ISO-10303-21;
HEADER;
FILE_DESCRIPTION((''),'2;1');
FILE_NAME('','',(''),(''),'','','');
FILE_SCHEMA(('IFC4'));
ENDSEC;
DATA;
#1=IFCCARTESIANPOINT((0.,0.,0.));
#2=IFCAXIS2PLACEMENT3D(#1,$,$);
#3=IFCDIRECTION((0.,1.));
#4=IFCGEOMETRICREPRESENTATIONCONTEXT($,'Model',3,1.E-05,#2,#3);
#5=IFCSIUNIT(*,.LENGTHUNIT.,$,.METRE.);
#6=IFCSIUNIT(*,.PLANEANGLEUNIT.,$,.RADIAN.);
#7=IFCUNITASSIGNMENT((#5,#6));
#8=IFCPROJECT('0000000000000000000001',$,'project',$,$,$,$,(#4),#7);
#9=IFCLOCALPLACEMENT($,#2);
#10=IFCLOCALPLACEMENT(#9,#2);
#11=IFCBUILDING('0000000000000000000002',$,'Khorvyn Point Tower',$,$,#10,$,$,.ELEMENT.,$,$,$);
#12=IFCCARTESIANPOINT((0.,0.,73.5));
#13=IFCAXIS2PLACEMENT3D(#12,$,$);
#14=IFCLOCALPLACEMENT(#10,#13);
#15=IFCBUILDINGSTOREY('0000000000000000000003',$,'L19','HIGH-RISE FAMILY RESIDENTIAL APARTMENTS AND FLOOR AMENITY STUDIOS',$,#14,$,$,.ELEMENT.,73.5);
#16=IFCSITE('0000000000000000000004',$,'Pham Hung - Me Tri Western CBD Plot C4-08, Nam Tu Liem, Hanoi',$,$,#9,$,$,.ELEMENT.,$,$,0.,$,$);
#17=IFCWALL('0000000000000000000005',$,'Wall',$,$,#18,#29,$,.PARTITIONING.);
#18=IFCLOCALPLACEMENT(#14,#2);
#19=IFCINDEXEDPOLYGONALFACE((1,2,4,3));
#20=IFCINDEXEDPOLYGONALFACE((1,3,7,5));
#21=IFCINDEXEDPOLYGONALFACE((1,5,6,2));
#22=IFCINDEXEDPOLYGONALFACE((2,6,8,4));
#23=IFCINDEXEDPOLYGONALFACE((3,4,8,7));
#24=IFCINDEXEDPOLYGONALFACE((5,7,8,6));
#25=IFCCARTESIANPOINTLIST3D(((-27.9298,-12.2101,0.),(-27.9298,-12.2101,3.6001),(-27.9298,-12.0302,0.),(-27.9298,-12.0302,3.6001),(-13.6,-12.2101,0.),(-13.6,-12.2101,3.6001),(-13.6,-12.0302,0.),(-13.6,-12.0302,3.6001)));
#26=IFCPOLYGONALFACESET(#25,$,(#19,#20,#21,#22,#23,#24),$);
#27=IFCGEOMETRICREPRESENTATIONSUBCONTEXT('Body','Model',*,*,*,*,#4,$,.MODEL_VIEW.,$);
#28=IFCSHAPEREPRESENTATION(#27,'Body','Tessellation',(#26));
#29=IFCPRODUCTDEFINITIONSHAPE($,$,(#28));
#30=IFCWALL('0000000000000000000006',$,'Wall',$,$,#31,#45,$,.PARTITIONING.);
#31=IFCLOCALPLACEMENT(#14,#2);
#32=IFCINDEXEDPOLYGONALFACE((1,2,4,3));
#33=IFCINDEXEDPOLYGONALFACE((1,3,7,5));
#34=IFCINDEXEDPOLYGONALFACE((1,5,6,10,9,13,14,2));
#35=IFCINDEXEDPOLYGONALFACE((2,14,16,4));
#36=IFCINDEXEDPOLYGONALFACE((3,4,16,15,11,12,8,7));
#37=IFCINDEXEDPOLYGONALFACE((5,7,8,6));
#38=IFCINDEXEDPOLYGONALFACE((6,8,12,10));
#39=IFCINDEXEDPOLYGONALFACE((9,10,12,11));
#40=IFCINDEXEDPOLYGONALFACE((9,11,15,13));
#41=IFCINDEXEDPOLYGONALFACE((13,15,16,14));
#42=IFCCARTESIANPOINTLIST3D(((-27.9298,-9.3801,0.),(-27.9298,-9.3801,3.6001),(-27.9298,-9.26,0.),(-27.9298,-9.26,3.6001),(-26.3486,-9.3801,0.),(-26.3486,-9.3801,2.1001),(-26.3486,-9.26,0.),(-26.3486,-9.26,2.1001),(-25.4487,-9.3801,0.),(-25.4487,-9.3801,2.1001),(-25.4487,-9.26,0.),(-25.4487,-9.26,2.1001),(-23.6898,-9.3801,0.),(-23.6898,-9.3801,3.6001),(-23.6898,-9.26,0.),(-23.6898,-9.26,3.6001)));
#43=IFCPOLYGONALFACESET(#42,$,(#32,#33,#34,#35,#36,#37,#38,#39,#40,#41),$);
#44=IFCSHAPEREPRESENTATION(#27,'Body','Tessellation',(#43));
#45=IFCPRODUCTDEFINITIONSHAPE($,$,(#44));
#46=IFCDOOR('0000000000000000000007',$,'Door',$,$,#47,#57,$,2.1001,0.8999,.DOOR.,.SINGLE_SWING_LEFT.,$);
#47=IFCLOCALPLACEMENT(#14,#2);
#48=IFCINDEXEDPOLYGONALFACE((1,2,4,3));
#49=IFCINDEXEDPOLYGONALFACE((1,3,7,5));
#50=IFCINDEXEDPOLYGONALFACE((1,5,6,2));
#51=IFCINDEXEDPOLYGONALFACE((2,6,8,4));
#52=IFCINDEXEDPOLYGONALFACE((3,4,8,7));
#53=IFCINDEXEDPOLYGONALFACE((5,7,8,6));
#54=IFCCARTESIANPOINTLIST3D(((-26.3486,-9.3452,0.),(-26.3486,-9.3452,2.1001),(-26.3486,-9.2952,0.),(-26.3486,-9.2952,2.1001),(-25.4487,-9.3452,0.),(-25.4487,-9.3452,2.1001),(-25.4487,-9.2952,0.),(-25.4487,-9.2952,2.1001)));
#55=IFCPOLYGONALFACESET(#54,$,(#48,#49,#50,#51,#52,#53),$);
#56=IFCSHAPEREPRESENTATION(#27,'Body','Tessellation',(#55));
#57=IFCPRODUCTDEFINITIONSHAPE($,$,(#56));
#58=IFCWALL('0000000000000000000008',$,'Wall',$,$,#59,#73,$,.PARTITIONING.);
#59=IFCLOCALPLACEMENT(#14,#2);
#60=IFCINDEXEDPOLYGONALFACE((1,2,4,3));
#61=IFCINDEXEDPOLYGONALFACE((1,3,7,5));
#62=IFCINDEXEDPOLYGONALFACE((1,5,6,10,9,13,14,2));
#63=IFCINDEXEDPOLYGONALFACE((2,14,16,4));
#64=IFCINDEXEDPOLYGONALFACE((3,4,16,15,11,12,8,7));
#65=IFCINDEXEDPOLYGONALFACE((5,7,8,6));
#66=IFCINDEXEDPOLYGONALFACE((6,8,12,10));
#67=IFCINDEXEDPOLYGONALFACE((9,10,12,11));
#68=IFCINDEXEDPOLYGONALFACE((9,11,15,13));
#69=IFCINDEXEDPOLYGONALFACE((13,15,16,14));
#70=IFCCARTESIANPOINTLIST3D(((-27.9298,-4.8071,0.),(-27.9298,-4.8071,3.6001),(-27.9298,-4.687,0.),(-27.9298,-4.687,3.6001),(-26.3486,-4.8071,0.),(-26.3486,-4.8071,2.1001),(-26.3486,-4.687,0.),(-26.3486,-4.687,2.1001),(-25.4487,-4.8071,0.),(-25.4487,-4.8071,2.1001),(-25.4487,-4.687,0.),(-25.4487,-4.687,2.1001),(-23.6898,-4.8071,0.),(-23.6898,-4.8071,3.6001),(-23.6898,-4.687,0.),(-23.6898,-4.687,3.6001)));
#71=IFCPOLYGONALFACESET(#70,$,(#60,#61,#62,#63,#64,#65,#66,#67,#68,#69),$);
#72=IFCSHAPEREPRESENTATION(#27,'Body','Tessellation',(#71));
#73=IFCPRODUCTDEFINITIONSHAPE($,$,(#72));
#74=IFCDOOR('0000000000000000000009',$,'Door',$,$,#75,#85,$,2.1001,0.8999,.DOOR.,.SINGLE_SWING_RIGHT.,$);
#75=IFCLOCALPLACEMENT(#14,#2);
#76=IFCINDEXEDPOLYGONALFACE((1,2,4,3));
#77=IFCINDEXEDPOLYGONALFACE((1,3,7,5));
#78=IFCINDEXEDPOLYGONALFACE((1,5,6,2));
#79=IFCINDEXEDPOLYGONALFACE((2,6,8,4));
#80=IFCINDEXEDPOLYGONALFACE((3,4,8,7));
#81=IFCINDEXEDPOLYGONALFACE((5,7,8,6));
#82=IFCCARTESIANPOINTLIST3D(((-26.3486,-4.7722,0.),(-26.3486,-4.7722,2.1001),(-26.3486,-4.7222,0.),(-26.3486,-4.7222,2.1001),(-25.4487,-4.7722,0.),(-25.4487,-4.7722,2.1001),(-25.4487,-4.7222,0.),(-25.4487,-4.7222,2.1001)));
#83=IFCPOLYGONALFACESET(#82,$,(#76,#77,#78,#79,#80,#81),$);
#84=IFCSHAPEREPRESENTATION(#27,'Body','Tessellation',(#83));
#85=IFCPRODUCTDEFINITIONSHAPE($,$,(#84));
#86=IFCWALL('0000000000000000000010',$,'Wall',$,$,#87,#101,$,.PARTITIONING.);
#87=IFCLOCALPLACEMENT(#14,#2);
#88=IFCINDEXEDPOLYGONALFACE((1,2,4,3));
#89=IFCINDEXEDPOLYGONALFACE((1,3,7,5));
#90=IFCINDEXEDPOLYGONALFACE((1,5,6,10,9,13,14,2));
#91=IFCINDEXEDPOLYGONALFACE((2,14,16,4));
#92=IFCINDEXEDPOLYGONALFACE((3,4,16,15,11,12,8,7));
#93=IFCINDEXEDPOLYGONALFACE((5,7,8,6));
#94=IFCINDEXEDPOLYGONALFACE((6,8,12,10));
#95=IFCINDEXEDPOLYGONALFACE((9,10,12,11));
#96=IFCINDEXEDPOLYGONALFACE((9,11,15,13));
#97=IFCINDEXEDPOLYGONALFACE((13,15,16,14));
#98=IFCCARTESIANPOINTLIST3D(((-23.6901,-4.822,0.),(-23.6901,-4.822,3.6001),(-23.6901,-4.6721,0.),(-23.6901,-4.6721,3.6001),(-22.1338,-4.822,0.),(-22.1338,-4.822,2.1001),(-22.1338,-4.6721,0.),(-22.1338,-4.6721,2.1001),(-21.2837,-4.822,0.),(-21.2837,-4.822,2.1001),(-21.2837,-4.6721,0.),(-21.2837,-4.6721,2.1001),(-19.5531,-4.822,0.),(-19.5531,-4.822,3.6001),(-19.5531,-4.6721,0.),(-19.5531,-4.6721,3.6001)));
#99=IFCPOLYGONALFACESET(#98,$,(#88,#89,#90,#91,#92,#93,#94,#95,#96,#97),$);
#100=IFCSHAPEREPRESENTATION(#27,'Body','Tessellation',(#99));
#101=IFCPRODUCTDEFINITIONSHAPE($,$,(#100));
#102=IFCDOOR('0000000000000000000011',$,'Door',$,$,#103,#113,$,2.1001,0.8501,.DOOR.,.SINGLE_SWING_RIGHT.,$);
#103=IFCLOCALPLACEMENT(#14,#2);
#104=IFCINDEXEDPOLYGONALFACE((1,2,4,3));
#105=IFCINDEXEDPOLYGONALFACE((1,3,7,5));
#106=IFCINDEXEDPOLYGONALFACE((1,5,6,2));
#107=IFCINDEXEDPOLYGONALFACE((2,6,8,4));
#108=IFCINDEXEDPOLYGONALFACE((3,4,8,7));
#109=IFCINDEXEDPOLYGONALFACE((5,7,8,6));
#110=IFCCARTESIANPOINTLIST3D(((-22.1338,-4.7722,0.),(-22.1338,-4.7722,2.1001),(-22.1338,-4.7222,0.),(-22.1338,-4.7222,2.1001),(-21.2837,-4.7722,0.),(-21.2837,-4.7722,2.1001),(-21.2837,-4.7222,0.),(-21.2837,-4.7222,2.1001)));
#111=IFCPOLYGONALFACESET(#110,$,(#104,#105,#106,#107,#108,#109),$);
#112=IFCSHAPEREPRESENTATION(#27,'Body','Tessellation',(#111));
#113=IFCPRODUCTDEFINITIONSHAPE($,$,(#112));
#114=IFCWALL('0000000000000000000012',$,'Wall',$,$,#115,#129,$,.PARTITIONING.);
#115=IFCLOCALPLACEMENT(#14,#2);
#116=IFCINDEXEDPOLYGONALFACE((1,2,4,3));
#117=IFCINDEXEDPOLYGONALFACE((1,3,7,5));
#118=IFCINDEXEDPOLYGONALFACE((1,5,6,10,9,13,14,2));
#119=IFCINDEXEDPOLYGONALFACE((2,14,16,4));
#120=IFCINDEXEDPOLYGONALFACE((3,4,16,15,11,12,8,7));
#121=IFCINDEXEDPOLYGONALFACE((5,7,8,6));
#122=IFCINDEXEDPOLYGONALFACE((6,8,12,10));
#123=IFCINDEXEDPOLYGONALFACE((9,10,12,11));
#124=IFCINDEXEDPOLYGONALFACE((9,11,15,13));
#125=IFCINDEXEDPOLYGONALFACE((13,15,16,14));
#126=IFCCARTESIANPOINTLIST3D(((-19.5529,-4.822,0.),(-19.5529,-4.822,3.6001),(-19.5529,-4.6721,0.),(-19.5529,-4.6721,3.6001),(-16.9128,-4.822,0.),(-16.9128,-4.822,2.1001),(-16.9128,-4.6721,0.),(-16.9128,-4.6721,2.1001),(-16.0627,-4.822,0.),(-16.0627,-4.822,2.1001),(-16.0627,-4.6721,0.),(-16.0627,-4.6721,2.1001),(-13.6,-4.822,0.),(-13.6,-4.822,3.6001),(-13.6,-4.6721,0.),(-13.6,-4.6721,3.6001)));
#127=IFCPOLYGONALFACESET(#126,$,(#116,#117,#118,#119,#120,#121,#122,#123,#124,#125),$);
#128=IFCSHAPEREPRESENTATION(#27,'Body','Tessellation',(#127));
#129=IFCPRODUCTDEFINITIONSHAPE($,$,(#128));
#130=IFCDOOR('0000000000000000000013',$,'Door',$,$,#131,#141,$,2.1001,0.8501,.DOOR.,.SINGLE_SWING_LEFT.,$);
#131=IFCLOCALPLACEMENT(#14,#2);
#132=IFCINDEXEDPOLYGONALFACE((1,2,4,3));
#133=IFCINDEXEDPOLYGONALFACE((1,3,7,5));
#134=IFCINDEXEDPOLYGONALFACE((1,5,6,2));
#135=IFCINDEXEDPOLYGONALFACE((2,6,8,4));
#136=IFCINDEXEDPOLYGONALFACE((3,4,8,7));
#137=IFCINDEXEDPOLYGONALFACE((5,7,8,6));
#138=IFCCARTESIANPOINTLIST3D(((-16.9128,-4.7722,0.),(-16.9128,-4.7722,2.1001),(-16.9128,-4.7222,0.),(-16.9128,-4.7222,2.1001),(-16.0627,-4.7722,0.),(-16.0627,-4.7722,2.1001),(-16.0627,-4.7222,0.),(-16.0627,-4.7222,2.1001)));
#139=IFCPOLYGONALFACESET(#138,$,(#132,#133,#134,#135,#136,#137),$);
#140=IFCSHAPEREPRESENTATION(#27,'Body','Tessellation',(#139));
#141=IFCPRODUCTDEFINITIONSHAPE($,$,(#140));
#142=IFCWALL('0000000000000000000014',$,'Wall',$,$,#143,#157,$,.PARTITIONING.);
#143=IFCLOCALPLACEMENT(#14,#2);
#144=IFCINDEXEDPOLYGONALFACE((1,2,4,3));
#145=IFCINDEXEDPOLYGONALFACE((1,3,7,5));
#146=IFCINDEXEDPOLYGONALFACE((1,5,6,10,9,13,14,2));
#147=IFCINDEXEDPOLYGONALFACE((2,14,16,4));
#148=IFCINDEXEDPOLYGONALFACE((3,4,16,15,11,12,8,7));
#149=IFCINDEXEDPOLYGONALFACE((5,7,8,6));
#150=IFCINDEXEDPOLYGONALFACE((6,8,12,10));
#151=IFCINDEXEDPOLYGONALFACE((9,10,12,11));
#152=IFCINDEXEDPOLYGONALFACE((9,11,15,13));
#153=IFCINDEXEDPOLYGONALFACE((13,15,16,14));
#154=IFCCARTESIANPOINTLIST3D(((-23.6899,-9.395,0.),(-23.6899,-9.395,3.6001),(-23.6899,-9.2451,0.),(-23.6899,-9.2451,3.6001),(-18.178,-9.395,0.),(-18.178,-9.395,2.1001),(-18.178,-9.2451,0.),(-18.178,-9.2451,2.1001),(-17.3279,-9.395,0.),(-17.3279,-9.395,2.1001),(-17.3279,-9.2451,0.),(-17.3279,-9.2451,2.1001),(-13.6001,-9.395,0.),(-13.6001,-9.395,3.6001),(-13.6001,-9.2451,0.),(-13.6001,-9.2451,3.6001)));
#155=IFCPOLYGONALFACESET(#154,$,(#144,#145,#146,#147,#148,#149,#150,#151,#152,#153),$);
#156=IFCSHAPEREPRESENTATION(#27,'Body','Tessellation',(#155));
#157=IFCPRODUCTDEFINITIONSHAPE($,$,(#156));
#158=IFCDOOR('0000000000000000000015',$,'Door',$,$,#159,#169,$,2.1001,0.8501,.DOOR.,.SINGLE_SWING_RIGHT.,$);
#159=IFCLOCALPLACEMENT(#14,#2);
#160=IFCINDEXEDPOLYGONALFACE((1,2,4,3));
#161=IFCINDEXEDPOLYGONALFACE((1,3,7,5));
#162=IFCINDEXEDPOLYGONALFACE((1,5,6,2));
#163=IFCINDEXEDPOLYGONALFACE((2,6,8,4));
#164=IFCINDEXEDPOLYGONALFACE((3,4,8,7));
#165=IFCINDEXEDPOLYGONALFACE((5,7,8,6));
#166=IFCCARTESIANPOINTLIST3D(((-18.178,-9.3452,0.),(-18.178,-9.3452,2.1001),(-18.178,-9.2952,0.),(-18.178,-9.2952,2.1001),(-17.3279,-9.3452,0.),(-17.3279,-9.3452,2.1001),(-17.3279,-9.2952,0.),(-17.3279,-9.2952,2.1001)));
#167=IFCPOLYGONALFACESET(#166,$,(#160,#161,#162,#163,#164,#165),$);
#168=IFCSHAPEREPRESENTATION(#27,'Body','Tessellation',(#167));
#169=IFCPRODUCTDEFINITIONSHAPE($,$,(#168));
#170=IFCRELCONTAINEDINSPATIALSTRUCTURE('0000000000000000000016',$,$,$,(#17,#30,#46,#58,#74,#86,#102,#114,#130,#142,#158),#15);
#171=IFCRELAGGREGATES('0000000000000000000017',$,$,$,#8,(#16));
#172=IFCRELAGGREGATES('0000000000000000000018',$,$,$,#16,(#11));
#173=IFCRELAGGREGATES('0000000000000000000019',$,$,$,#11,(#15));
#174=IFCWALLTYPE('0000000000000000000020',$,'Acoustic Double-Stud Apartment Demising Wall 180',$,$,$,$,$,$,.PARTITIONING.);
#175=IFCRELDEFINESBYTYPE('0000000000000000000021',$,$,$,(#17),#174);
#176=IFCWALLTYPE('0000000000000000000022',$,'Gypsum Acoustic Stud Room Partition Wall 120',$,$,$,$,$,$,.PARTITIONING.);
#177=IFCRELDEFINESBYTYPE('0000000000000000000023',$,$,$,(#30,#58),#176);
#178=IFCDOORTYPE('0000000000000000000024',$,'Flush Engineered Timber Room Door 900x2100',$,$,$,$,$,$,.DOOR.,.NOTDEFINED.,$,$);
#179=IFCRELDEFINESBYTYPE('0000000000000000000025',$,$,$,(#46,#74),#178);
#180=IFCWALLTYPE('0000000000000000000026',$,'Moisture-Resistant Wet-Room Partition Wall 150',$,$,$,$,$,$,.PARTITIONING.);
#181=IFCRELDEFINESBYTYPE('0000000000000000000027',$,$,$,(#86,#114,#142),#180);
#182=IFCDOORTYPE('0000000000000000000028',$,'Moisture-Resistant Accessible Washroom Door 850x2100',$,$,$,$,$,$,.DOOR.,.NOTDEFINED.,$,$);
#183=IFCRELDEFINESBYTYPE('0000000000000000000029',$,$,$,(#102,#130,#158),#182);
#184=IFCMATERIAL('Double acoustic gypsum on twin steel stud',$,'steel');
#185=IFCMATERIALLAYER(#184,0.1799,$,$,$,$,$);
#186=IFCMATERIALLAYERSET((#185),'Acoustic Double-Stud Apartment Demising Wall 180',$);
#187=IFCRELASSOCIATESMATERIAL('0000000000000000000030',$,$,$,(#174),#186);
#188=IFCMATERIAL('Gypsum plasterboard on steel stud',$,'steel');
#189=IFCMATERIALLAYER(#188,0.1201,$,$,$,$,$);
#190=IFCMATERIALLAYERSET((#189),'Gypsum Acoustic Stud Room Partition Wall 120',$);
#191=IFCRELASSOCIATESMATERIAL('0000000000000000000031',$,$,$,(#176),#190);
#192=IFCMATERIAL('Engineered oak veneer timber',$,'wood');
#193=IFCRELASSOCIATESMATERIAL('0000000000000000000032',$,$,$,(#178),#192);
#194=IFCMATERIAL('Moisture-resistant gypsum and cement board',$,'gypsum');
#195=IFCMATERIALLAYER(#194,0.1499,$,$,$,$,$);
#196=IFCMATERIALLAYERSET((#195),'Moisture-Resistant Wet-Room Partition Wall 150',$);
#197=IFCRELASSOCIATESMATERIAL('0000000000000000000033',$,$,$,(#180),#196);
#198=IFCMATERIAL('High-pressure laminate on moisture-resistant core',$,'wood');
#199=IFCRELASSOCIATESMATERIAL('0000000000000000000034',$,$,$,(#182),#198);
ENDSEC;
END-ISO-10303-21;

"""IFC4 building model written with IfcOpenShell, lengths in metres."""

from ifc_helpers import new_model, si_unit, direction, frame, frame_2d, origin, place, context, subcontext, project, spatial, rectangle, extrude, material, layer, layer_set, type_object, element, fill, save


model = new_model("IFC4")

# Units and contexts
model_context = context("Model", 3, precision=1e-05, world=origin(), true_north=direction((0.0, 1.0)))
body_context = subcontext(model_context, "Body", "Model", "MODEL_VIEW")
ifc_project = project(units=[si_unit("LENGTHUNIT", "METRE"), si_unit("PLANEANGLEUNIT", "RADIAN")], contexts=[model_context])

# Site, building, storey
site_placement = place(None, origin())
site = spatial("IfcSite", under=ifc_project, at=site_placement, Name="Pham Hung - Me Tri Western CBD Plot C4-08, Nam Tu Liem, Hanoi", CompositionType="ELEMENT", RefElevation=0.0)
building_placement = place(site_placement, origin())
building = spatial("IfcBuilding", under=site, at=building_placement, Name="Khorvyn Point Tower", CompositionType="ELEMENT")
storey_placement = place(building_placement, frame((0.0, 0.0, 73.5)))
storey = spatial("IfcBuildingStorey", under=building, at=storey_placement, Name="L19", Description="HIGH-RISE FAMILY RESIDENTIAL APARTMENTS AND FLOOR AMENITY STUDIOS", CompositionType="ELEMENT", Elevation=73.5)

# Shared definitions
ifc_material_1 = material(Name="Double acoustic gypsum on twin steel stud", Category="steel")
ifc_layer_1 = layer(ifc_material_1, 0.1799)
ifc_layer_set_1 = layer_set([ifc_layer_1], Name="Acoustic Double-Stud Apartment Demising Wall 180")
wall_type_1 = type_object("IfcWallType", Name="Acoustic Double-Stud Apartment Demising Wall 180", PredefinedType="PARTITIONING", material=ifc_layer_set_1)

# Wall
wall_1_placement = place(storey_placement, frame((-27.9299, -12.1201, 0.0), z_axis=(0.0, 0.0, 1.0), x_axis=(1.0, 0.0, 0.0)))
element("IfcWall", 1, at=wall_1_placement, inside=storey, type_object=wall_type_1, Name="Wall", PredefinedType="PARTITIONING", context=body_context, shape_type="SweptSolid", body=[
    extrude(rectangle(XDim=14.3298, YDim=0.1799, at=frame_2d((7.165, 0.0))), origin(), (0.0, 0.0, 1.0), 3.6001),
])

# Walls, openings, doors
ifc_material_2 = material(Name="Gypsum plasterboard on steel stud", Category="steel")
ifc_layer_2 = layer(ifc_material_2, 0.1201)
ifc_layer_set_2 = layer_set([ifc_layer_2], Name="Gypsum Acoustic Stud Room Partition Wall 120")
wall_type_2 = type_object("IfcWallType", Name="Gypsum Acoustic Stud Room Partition Wall 120", PredefinedType="PARTITIONING", material=ifc_layer_set_2)
wall_2_placement = place(storey_placement, frame((-27.9299, -9.3201, 0.0), z_axis=(0.0, 0.0, 1.0), x_axis=(1.0, 0.0, 0.0)))
wall_2 = element("IfcWall", 2, at=wall_2_placement, inside=storey, type_object=wall_type_2, Name="Wall", PredefinedType="PARTITIONING", context=body_context, shape_type="SweptSolid", body=[
    extrude(rectangle(XDim=4.24, YDim=0.1201, at=frame_2d((2.1201, 0.0))), origin(), (0.0, 0.0, 1.0), 3.6001),
])
opening_1_placement = place(wall_2_placement, frame((1.5813, 0.0, 0.0)))
opening_1 = element("IfcOpeningElement", 3, at=opening_1_placement, cuts=wall_2, PredefinedType="OPENING", context=body_context, shape_type="SweptSolid", body=[
    extrude(rectangle(XDim=0.8999, YDim=2.1001, at=frame_2d((0.45, 1.05))), frame((0.0, 0.0701, 0.0), z_axis=(0.0, -1.0, 0.0), x_axis=(1.0, 0.0, 0.0)), (0.0, 0.0, 1.0), 0.1401),
])
ifc_material_3 = material(Name="Engineered oak veneer timber", Category="wood")
door_type_1 = type_object("IfcDoorType", Name="Flush Engineered Timber Room Door 900x2100", OperationType="NOTDEFINED", PredefinedType="DOOR", material=ifc_material_3)
door_1_placement = place(opening_1_placement, origin())
door_1 = element("IfcDoor", 4, at=door_1_placement, inside=storey, type_object=door_type_1, Name="Door", OperationType="SINGLE_SWING_LEFT", OverallHeight=2.1001, OverallWidth=0.8999, PredefinedType="DOOR", context=body_context, shape_type="SweptSolid", body=[
    extrude(rectangle(XDim=0.8999, YDim=2.1001, at=frame_2d((0.45, 1.05))), frame((0.0, 0.0249, 0.0), z_axis=(0.0, -1.0, 0.0), x_axis=(1.0, 0.0, 0.0)), (0.0, 0.0, 1.0), 0.05),
])
fill(opening_1, door_1)
wall_3_placement = place(storey_placement, frame((-27.9299, -4.7471, 0.0), z_axis=(0.0, 0.0, 1.0), x_axis=(1.0, 0.0, 0.0)))
wall_3 = element("IfcWall", 5, at=wall_3_placement, inside=storey, type_object=wall_type_2, Name="Wall", PredefinedType="PARTITIONING", context=body_context, shape_type="SweptSolid", body=[
    extrude(rectangle(XDim=4.24, YDim=0.1201, at=frame_2d((2.1201, 0.0))), origin(), (0.0, 0.0, 1.0), 3.6001),
])
opening_2_placement = place(wall_3_placement, frame((1.5813, 0.0, 0.0)))
opening_2 = element("IfcOpeningElement", 6, at=opening_2_placement, cuts=wall_3, PredefinedType="OPENING", context=body_context, shape_type="SweptSolid", body=[
    extrude(rectangle(XDim=0.8999, YDim=2.1001, at=frame_2d((0.45, 1.05))), frame((0.0, 0.0701, 0.0), z_axis=(0.0, -1.0, 0.0), x_axis=(1.0, 0.0, 0.0)), (0.0, 0.0, 1.0), 0.1401),
])
door_2_placement = place(opening_2_placement, origin())
door_2 = element("IfcDoor", 7, at=door_2_placement, inside=storey, type_object=door_type_1, Name="Door", OperationType="SINGLE_SWING_RIGHT", OverallHeight=2.1001, OverallWidth=0.8999, PredefinedType="DOOR", context=body_context, shape_type="SweptSolid", body=[
    extrude(rectangle(XDim=0.8999, YDim=2.1001, at=frame_2d((0.45, 1.05))), frame((0.0, 0.0249, 0.0), z_axis=(0.0, -1.0, 0.0), x_axis=(1.0, 0.0, 0.0)), (0.0, 0.0, 1.0), 0.05),
])
fill(opening_2, door_2)
ifc_material_4 = material(Name="Moisture-resistant gypsum and cement board", Category="gypsum")
ifc_layer_3 = layer(ifc_material_4, 0.1499)
ifc_layer_set_3 = layer_set([ifc_layer_3], Name="Moisture-Resistant Wet-Room Partition Wall 150")
wall_type_3 = type_object("IfcWallType", Name="Moisture-Resistant Wet-Room Partition Wall 150", PredefinedType="PARTITIONING", material=ifc_layer_set_3)
wall_4_placement = place(storey_placement, frame((-23.6899, -4.7471, 0.0), z_axis=(0.0, 0.0, 1.0), x_axis=(1.0, 0.0, 0.0)))
wall_4 = element("IfcWall", 8, at=wall_4_placement, inside=storey, type_object=wall_type_3, Name="Wall", PredefinedType="PARTITIONING", context=body_context, shape_type="SweptSolid", body=[
    extrude(rectangle(XDim=4.137, YDim=0.1499, at=frame_2d((2.0684, 0.0))), origin(), (0.0, 0.0, 1.0), 3.6001),
])
opening_3_placement = place(wall_4_placement, frame((1.5562, 0.0, 0.0)))
opening_3 = element("IfcOpeningElement", 9, at=opening_3_placement, cuts=wall_4, PredefinedType="OPENING", context=body_context, shape_type="SweptSolid", body=[
    extrude(rectangle(XDim=0.8501, YDim=2.1001, at=frame_2d((0.425, 1.05))), frame((0.0, 0.085, 0.0), z_axis=(0.0, -1.0, 0.0), x_axis=(1.0, 0.0, 0.0)), (0.0, 0.0, 1.0), 0.1699),
])
ifc_material_5 = material(Name="High-pressure laminate on moisture-resistant core", Category="wood")
door_type_2 = type_object("IfcDoorType", Name="Moisture-Resistant Accessible Washroom Door 850x2100", OperationType="NOTDEFINED", PredefinedType="DOOR", material=ifc_material_5)
door_3_placement = place(opening_3_placement, origin())
door_3 = element("IfcDoor", 10, at=door_3_placement, inside=storey, type_object=door_type_2, Name="Door", OperationType="SINGLE_SWING_RIGHT", OverallHeight=2.1001, OverallWidth=0.8501, PredefinedType="DOOR", context=body_context, shape_type="SweptSolid", body=[
    extrude(rectangle(XDim=0.8501, YDim=2.1001, at=frame_2d((0.425, 1.05))), frame((0.0, 0.0249, 0.0), z_axis=(0.0, -1.0, 0.0), x_axis=(1.0, 0.0, 0.0)), (0.0, 0.0, 1.0), 0.05),
])
fill(opening_3, door_3)
wall_5_placement = place(storey_placement, frame((-19.553, -4.7471, 0.0), z_axis=(0.0, 0.0, 1.0), x_axis=(1.0, 0.0, 0.0)))
wall_5 = element("IfcWall", 11, at=wall_5_placement, inside=storey, type_object=wall_type_3, Name="Wall", PredefinedType="PARTITIONING", context=body_context, shape_type="SweptSolid", body=[
    extrude(rectangle(XDim=5.9529, YDim=0.1499, at=frame_2d((2.9766, 0.0))), origin(), (0.0, 0.0, 1.0), 3.6001),
])
opening_4_placement = place(wall_5_placement, frame((2.6401, 0.0, 0.0)))
opening_4 = element("IfcOpeningElement", 12, at=opening_4_placement, cuts=wall_5, PredefinedType="OPENING", context=body_context, shape_type="SweptSolid", body=[
    extrude(rectangle(XDim=0.8501, YDim=2.1001, at=frame_2d((0.425, 1.05))), frame((0.0, 0.085, 0.0), z_axis=(0.0, -1.0, 0.0), x_axis=(1.0, 0.0, 0.0)), (0.0, 0.0, 1.0), 0.1699),
])
door_4_placement = place(opening_4_placement, origin())
door_4 = element("IfcDoor", 13, at=door_4_placement, inside=storey, type_object=door_type_2, Name="Door", OperationType="SINGLE_SWING_LEFT", OverallHeight=2.1001, OverallWidth=0.8501, PredefinedType="DOOR", context=body_context, shape_type="SweptSolid", body=[
    extrude(rectangle(XDim=0.8501, YDim=2.1001, at=frame_2d((0.425, 1.05))), frame((0.0, 0.0249, 0.0), z_axis=(0.0, -1.0, 0.0), x_axis=(1.0, 0.0, 0.0)), (0.0, 0.0, 1.0), 0.05),
])
fill(opening_4, door_4)
wall_6_placement = place(storey_placement, frame((-23.6899, -9.3201, 0.0), z_axis=(0.0, 0.0, 1.0), x_axis=(1.0, 0.0, 0.0)))
wall_6 = element("IfcWall", 14, at=wall_6_placement, inside=storey, type_object=wall_type_3, Name="Wall", PredefinedType="PARTITIONING", context=body_context, shape_type="SweptSolid", body=[
    extrude(rectangle(XDim=10.0898, YDim=0.1499, at=frame_2d((5.0449, 0.0))), origin(), (0.0, 0.0, 1.0), 3.6001),
])
opening_5_placement = place(wall_6_placement, frame((5.512, 0.0, 0.0)))
opening_5 = element("IfcOpeningElement", 15, at=opening_5_placement, cuts=wall_6, PredefinedType="OPENING", context=body_context, shape_type="SweptSolid", body=[
    extrude(rectangle(XDim=0.8501, YDim=2.1001, at=frame_2d((0.425, 1.05))), frame((0.0, 0.085, 0.0), z_axis=(0.0, -1.0, 0.0), x_axis=(1.0, 0.0, 0.0)), (0.0, 0.0, 1.0), 0.1699),
])
door_5_placement = place(opening_5_placement, origin())
door_5 = element("IfcDoor", 16, at=door_5_placement, inside=storey, type_object=door_type_2, Name="Door", OperationType="SINGLE_SWING_RIGHT", OverallHeight=2.1001, OverallWidth=0.8501, PredefinedType="DOOR", context=body_context, shape_type="SweptSolid", body=[
    extrude(rectangle(XDim=0.8501, YDim=2.1001, at=frame_2d((0.425, 1.05))), frame((0.0, 0.0249, 0.0), z_axis=(0.0, -1.0, 0.0), x_axis=(1.0, 0.0, 0.0)), (0.0, 0.0, 1.0), 0.05),
])
fill(opening_5, door_5)

save(model, "model.ifc")
